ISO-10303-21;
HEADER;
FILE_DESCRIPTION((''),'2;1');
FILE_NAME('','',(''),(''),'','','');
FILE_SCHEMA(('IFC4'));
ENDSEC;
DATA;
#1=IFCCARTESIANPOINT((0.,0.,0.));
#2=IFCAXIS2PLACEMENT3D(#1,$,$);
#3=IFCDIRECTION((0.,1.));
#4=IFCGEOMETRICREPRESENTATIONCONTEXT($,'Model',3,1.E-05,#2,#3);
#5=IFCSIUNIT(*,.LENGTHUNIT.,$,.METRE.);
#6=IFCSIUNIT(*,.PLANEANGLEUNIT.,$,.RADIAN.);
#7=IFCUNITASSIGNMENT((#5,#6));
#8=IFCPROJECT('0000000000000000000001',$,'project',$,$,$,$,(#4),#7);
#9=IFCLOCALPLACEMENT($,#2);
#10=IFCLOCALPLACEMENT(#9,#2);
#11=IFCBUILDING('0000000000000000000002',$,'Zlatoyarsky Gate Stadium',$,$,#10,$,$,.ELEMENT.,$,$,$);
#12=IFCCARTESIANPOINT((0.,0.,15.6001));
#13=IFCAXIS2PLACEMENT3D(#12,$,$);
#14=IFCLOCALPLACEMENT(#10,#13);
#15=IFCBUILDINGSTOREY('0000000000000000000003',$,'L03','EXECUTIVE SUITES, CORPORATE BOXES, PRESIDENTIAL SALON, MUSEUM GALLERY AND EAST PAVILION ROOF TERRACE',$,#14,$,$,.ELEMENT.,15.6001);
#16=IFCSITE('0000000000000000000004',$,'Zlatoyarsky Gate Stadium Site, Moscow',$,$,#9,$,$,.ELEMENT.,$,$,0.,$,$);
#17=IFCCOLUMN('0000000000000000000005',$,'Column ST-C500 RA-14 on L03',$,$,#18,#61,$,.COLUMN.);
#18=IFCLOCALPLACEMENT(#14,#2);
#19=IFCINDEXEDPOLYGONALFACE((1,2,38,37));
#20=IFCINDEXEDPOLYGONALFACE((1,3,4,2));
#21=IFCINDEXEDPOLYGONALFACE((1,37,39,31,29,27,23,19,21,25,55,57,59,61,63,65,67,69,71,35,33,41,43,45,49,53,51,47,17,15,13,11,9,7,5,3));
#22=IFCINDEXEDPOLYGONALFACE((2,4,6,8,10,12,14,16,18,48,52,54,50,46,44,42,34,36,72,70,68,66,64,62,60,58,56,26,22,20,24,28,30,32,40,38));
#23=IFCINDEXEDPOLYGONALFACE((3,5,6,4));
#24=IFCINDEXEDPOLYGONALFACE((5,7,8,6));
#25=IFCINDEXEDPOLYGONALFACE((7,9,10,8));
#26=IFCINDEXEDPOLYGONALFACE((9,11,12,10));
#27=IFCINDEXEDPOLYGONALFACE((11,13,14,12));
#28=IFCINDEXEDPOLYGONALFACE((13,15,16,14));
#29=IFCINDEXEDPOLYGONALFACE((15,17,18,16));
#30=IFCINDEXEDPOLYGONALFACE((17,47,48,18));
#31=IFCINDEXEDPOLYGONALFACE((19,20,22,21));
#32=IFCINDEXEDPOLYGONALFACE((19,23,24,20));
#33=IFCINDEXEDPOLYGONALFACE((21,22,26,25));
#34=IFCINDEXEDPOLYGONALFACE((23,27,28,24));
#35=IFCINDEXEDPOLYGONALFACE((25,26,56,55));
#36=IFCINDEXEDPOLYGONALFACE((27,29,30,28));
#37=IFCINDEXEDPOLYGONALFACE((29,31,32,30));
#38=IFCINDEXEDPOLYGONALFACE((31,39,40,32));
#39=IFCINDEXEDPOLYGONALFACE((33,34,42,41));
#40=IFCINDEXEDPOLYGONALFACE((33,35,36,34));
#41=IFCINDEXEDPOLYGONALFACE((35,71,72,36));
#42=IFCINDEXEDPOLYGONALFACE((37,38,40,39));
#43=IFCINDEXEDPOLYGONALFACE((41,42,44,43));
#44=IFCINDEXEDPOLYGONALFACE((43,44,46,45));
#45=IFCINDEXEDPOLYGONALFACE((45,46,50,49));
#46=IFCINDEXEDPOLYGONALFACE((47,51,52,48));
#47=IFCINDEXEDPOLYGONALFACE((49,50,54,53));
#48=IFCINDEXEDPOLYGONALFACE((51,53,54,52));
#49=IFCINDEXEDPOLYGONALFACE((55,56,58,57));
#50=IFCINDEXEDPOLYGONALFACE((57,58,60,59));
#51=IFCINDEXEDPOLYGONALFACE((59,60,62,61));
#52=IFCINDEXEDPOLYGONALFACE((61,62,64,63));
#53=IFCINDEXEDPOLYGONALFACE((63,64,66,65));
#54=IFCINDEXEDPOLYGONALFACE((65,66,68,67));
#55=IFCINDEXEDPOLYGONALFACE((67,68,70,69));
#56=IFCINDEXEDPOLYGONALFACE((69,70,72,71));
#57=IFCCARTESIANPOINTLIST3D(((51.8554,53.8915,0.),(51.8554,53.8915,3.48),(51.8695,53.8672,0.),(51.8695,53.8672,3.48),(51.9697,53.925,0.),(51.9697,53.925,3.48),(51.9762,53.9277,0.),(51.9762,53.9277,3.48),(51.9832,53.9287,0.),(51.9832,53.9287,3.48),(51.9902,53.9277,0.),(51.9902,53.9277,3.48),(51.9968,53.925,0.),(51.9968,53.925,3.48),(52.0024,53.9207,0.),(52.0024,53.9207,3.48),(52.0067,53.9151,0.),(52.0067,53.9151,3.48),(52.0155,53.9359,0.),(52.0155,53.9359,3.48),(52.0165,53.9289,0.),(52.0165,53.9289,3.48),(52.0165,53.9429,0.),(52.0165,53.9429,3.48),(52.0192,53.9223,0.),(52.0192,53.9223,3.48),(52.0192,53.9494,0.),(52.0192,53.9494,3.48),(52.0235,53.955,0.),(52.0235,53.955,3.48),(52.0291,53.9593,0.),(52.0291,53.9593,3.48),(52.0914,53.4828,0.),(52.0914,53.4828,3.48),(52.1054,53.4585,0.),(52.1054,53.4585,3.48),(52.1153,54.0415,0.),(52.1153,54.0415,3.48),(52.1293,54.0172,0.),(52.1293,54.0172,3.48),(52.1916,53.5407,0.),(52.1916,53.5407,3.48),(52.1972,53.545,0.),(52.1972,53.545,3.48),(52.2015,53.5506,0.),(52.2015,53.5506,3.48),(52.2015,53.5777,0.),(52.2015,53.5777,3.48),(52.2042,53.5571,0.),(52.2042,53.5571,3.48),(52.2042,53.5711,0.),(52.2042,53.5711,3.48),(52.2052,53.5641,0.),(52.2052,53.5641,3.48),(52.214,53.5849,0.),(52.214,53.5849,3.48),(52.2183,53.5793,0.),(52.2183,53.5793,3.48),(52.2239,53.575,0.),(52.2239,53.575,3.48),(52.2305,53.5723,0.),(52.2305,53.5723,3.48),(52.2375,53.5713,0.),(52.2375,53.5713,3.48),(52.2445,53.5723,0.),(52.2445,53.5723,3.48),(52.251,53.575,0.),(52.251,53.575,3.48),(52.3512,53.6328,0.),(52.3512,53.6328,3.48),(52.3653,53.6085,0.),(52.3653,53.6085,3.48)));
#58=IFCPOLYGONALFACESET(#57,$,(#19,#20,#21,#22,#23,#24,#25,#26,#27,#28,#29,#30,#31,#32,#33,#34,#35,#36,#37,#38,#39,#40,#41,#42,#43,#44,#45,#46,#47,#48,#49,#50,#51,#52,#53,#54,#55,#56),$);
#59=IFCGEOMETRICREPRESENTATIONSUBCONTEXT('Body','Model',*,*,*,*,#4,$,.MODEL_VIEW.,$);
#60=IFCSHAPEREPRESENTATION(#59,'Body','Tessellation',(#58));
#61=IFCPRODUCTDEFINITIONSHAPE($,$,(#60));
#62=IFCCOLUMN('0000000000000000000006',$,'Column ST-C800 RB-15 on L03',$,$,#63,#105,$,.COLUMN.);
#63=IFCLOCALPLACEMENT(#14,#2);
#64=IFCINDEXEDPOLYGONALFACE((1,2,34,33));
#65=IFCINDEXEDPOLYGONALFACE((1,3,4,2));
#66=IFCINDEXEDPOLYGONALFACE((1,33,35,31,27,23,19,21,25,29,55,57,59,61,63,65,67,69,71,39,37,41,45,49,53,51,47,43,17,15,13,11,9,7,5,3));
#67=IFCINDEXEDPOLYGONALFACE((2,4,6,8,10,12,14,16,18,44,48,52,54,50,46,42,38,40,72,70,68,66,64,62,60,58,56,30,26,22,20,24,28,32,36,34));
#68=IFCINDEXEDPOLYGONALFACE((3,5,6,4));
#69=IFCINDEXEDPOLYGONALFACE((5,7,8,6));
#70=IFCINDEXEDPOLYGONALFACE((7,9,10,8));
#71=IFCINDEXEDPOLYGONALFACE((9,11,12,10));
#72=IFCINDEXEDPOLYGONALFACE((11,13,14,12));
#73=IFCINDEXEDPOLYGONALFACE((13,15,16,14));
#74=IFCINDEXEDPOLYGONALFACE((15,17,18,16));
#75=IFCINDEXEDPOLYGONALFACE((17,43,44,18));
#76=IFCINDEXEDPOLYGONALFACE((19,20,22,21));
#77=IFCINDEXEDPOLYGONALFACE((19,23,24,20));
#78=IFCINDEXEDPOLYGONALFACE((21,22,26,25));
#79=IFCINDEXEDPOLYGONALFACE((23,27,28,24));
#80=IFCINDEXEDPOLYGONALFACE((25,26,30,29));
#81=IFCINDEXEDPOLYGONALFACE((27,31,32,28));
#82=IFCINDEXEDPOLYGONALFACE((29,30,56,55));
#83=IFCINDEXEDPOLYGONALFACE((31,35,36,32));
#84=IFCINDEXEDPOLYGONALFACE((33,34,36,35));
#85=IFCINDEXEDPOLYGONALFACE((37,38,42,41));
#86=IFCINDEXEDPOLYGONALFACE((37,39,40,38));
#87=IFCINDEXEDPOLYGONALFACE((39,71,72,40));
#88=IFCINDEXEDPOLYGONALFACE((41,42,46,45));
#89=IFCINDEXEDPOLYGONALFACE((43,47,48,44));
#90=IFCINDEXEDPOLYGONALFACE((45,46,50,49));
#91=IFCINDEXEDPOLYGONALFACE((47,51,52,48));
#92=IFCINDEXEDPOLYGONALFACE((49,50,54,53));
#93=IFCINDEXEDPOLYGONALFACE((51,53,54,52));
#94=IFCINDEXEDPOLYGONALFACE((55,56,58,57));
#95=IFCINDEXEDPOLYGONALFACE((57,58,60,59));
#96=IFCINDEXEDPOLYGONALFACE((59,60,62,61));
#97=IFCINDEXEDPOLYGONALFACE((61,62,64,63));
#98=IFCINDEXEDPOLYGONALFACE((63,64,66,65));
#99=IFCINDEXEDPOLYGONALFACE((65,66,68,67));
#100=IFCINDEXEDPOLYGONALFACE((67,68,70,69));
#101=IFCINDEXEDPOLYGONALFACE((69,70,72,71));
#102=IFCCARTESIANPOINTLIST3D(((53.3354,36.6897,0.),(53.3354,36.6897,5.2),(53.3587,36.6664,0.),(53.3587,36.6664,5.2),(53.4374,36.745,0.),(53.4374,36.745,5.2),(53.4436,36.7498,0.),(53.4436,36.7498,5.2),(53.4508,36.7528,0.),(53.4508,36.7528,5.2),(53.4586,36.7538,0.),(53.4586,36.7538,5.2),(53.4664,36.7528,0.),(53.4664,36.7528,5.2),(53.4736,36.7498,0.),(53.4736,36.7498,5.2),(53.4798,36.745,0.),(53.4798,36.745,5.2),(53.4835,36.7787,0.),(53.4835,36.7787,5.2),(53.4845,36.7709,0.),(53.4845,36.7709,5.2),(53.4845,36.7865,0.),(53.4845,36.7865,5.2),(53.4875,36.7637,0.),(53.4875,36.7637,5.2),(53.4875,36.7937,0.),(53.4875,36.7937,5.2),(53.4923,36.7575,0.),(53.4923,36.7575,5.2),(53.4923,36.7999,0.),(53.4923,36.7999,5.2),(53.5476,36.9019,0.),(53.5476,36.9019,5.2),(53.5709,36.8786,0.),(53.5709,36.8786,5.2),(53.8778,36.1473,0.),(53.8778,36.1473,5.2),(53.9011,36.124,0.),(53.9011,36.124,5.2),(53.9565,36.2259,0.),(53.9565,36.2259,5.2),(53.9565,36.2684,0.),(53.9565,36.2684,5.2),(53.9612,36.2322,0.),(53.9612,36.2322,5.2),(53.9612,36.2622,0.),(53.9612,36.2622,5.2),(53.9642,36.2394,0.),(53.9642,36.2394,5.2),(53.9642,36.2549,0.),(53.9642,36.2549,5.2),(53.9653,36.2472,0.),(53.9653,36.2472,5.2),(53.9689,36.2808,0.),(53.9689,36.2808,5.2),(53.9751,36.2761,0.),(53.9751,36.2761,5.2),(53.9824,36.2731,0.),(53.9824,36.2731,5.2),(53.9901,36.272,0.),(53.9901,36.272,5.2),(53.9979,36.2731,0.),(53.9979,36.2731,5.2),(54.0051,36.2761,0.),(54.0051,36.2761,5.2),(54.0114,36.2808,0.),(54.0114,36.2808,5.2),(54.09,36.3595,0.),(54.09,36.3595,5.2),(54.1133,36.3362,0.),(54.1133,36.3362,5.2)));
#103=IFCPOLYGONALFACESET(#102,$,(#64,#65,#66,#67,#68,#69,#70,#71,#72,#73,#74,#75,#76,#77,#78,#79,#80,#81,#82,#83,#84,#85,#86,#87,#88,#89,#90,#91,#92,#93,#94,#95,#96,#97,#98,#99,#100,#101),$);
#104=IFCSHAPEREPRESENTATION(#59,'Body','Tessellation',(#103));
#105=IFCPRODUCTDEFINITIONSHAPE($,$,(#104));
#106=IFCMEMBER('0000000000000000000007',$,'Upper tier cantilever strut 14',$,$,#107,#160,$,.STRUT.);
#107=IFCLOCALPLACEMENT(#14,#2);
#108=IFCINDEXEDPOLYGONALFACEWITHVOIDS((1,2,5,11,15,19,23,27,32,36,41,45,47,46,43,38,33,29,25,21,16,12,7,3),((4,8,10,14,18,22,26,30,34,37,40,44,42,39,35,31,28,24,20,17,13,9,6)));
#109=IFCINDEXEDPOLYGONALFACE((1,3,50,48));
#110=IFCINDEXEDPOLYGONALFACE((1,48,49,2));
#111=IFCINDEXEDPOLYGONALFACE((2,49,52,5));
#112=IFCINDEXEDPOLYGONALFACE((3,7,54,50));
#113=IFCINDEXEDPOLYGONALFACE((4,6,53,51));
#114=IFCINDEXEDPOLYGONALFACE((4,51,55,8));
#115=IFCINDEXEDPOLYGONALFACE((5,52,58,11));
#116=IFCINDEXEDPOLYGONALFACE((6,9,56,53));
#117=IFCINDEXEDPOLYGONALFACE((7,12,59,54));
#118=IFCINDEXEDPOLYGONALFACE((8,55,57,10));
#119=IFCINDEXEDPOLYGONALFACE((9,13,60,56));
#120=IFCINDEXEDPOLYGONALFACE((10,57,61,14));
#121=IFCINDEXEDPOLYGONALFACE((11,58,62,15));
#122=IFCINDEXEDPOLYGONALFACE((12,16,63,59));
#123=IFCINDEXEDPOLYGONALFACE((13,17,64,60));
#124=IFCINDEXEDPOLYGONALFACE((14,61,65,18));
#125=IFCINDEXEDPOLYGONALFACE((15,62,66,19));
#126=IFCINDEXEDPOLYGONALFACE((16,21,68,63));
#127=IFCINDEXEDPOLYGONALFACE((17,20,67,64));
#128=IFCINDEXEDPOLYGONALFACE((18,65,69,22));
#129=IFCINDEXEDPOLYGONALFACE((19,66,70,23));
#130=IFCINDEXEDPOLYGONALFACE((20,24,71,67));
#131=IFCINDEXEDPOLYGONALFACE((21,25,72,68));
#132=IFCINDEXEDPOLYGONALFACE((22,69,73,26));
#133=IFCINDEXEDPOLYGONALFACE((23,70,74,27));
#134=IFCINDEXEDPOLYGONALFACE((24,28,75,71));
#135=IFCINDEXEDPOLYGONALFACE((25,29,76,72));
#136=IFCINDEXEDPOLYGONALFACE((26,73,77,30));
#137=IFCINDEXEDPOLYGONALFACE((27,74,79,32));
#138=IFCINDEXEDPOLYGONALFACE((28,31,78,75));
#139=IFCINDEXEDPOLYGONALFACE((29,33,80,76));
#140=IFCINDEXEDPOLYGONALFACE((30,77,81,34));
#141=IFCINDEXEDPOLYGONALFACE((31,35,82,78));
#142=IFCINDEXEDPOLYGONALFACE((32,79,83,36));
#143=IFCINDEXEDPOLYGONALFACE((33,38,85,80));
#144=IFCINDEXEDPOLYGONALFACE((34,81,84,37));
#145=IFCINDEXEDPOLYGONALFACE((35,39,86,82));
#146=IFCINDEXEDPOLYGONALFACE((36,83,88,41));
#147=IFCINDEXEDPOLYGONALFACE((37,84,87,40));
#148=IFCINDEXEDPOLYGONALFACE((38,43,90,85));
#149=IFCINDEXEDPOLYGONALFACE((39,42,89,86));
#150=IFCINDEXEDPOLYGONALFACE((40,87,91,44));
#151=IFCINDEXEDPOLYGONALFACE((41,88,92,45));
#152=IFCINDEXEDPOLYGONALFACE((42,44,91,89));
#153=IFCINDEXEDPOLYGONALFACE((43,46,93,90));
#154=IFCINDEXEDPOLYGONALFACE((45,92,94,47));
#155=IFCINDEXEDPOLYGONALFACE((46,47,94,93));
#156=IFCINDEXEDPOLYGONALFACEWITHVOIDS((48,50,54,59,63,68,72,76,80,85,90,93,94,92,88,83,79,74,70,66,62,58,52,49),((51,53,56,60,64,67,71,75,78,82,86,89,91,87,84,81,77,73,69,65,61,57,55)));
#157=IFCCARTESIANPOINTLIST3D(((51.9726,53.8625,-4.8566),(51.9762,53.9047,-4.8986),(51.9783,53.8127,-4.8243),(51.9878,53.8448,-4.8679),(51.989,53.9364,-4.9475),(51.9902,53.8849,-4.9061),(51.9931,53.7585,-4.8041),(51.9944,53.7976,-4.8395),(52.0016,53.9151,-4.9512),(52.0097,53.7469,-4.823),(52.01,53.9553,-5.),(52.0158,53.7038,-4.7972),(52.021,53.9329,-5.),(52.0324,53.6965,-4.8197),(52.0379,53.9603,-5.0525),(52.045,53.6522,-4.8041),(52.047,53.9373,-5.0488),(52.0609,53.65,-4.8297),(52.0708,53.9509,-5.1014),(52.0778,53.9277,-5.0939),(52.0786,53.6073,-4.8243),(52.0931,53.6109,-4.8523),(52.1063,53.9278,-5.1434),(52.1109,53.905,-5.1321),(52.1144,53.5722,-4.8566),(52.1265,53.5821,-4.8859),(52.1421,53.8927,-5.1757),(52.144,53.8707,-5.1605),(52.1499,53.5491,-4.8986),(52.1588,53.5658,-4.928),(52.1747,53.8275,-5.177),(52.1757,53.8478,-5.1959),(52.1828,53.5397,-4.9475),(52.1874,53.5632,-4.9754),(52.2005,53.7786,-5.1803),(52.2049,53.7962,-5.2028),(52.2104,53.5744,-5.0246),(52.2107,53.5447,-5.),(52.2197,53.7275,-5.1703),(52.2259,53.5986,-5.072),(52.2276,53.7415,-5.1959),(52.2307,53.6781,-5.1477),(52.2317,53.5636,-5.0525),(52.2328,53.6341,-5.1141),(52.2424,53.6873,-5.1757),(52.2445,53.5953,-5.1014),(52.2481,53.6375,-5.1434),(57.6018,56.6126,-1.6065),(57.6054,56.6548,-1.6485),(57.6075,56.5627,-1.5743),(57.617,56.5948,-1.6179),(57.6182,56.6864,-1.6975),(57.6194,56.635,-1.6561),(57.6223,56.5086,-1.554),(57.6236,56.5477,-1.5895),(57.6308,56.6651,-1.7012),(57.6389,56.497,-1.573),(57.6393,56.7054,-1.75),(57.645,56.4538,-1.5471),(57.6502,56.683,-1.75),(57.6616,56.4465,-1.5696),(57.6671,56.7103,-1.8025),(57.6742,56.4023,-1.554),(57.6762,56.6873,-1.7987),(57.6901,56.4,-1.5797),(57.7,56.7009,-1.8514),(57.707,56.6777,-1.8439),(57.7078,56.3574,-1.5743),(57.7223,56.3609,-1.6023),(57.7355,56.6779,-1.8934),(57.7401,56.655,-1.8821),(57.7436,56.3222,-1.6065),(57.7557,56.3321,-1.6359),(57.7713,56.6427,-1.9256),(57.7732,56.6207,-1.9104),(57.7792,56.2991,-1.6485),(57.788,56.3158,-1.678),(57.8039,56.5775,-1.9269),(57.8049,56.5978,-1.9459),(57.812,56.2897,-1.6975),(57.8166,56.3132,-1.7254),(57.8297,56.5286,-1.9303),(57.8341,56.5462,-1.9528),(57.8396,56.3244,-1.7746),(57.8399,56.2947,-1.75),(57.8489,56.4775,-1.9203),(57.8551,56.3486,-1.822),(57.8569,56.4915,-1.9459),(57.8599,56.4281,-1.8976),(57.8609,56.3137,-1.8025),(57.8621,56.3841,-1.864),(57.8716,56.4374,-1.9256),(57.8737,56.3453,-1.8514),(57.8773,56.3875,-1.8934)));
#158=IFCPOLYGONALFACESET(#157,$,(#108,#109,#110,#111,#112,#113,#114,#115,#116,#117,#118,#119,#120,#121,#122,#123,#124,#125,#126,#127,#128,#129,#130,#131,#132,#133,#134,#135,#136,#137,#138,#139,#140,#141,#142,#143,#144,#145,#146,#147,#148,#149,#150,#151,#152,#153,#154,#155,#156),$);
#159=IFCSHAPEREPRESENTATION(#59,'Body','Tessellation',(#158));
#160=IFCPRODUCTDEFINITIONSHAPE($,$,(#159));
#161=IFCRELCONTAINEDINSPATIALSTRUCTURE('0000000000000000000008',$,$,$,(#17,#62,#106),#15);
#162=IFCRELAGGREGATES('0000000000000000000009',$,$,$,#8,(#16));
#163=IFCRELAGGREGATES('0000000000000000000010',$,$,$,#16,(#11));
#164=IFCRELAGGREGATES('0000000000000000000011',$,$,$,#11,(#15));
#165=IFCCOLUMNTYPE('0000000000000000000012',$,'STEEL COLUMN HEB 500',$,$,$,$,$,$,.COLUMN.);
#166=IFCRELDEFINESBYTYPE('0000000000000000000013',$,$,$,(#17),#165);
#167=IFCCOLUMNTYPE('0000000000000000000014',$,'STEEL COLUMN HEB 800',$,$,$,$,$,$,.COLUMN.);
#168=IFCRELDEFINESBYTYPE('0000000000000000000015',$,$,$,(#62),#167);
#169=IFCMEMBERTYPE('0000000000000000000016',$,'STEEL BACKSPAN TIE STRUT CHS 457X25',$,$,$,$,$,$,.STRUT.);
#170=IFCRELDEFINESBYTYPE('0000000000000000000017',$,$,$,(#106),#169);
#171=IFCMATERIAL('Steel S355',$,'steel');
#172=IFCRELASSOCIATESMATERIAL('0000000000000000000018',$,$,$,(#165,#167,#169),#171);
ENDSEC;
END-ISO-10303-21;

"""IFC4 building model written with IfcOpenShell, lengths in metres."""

from ifc_helpers import new_model, si_unit, direction, frame, origin, origin_2d, place, context, subcontext, project, spatial, hollow_circle, i_section, extrude, material, material_profile, profile_set, type_object, element, save


model = new_model("IFC4")

# Units and contexts
model_context = context("Model", 3, precision=1e-05, world=origin(), true_north=direction((0.0, 1.0)))
body_context = subcontext(model_context, "Body", "Model", "MODEL_VIEW")
ifc_project = project(units=[si_unit("LENGTHUNIT", "METRE"), si_unit("PLANEANGLEUNIT", "RADIAN")], contexts=[model_context])

# Site, building, storey
site_placement = place(None, origin())
site = spatial("IfcSite", under=ifc_project, at=site_placement, Name="Zlatoyarsky Gate Stadium Site, Moscow", CompositionType="ELEMENT", RefElevation=0.0)
building_placement = place(site_placement, origin())
building = spatial("IfcBuilding", under=site, at=building_placement, Name="Zlatoyarsky Gate Stadium", CompositionType="ELEMENT")
storey_placement = place(building_placement, frame((0.0, 0.0, 15.6001)))
storey = spatial("IfcBuildingStorey", under=building, at=storey_placement, Name="L03", Description="EXECUTIVE SUITES, CORPORATE BOXES, PRESIDENTIAL SALON, MUSEUM GALLERY AND EAST PAVILION ROOF TERRACE", CompositionType="ELEMENT", Elevation=15.6001)

# Columns
ifc_material_1 = material(Name="Steel S355", Category="steel")
ifc_material_profile_1 = material_profile(ifc_material_1, i_section(OverallWidth=0.3, OverallDepth=0.5, WebThickness=0.0144, FlangeThickness=0.0281, FilletRadius=0.0271, at=origin_2d()), Name="HEB 500")
ifc_profile_set_1 = profile_set([ifc_material_profile_1], Name="Steel S355")
column_type_1 = type_object("IfcColumnType", Name="STEEL COLUMN HEB 500", PredefinedType="COLUMN", material=ifc_profile_set_1)
column_1_placement = place(storey_placement, frame((52.1104, 53.75, 0.0), z_axis=(0.0, 0.0, 1.0), x_axis=(-0.866025, -0.5, 0.0)))
element("IfcColumn", 1, at=column_1_placement, inside=storey, type_object=column_type_1, Name="Column ST-C500 RA-14 on L03", PredefinedType="COLUMN", context=body_context, shape_type="SweptSolid", body=[
    extrude(i_section(OverallWidth=0.3, OverallDepth=0.5, WebThickness=0.0144, FlangeThickness=0.0281, FilletRadius=0.0271, at=origin_2d()), origin(), (0.0, 0.0, 1.0), 3.48),
])
ifc_material_profile_2 = material_profile(ifc_material_1, i_section(OverallWidth=0.3, OverallDepth=0.8, WebThickness=0.0176, FlangeThickness=0.033, FilletRadius=0.03, at=origin_2d()), Name="HEB 800")
ifc_profile_set_2 = profile_set([ifc_material_profile_2], Name="Steel S355")
column_type_2 = type_object("IfcColumnType", Name="STEEL COLUMN HEB 800", PredefinedType="COLUMN", material=ifc_profile_set_2)
column_2_placement = place(storey_placement, frame((53.7244, 36.5129, 0.0), z_axis=(0.0, 0.0, 1.0), x_axis=(-0.707107, -0.707107, 0.0)))
element("IfcColumn", 2, at=column_2_placement, inside=storey, type_object=column_type_2, Name="Column ST-C800 RB-15 on L03", PredefinedType="COLUMN", context=body_context, shape_type="SweptSolid", body=[
    extrude(i_section(OverallWidth=0.3, OverallDepth=0.8, WebThickness=0.0176, FlangeThickness=0.033, FilletRadius=0.03, at=origin_2d()), origin(), (0.0, 0.0, 1.0), 5.2),
])

# Member
ifc_material_profile_3 = material_profile(ifc_material_1, hollow_circle(Radius=0.2285, WallThickness=0.0249, at=origin_2d()), Name="CHS 457X25")
ifc_profile_set_3 = profile_set([ifc_material_profile_3], Name="Steel S355")
member_type = type_object("IfcMemberType", Name="STEEL BACKSPAN TIE STRUT CHS 457X25", PredefinedType="STRUT", material=ifc_profile_set_3)
member_placement = place(storey_placement, frame((52.1104, 53.75, -5.0), z_axis=(0.79758, 0.389641, 0.460484), x_axis=(-0.438949, 0.898512, 0.0)))
element("IfcMember", 3, at=member_placement, inside=storey, type_object=member_type, Name="Upper tier cantilever strut 14", PredefinedType="STRUT", context=body_context, shape_type="SweptSolid", body=[
    extrude(hollow_circle(Radius=0.2285, WallThickness=0.0249, at=origin_2d()), origin(), (0.0, 0.0, 1.0), 7.0579),
])

save(model, "model.ifc")
